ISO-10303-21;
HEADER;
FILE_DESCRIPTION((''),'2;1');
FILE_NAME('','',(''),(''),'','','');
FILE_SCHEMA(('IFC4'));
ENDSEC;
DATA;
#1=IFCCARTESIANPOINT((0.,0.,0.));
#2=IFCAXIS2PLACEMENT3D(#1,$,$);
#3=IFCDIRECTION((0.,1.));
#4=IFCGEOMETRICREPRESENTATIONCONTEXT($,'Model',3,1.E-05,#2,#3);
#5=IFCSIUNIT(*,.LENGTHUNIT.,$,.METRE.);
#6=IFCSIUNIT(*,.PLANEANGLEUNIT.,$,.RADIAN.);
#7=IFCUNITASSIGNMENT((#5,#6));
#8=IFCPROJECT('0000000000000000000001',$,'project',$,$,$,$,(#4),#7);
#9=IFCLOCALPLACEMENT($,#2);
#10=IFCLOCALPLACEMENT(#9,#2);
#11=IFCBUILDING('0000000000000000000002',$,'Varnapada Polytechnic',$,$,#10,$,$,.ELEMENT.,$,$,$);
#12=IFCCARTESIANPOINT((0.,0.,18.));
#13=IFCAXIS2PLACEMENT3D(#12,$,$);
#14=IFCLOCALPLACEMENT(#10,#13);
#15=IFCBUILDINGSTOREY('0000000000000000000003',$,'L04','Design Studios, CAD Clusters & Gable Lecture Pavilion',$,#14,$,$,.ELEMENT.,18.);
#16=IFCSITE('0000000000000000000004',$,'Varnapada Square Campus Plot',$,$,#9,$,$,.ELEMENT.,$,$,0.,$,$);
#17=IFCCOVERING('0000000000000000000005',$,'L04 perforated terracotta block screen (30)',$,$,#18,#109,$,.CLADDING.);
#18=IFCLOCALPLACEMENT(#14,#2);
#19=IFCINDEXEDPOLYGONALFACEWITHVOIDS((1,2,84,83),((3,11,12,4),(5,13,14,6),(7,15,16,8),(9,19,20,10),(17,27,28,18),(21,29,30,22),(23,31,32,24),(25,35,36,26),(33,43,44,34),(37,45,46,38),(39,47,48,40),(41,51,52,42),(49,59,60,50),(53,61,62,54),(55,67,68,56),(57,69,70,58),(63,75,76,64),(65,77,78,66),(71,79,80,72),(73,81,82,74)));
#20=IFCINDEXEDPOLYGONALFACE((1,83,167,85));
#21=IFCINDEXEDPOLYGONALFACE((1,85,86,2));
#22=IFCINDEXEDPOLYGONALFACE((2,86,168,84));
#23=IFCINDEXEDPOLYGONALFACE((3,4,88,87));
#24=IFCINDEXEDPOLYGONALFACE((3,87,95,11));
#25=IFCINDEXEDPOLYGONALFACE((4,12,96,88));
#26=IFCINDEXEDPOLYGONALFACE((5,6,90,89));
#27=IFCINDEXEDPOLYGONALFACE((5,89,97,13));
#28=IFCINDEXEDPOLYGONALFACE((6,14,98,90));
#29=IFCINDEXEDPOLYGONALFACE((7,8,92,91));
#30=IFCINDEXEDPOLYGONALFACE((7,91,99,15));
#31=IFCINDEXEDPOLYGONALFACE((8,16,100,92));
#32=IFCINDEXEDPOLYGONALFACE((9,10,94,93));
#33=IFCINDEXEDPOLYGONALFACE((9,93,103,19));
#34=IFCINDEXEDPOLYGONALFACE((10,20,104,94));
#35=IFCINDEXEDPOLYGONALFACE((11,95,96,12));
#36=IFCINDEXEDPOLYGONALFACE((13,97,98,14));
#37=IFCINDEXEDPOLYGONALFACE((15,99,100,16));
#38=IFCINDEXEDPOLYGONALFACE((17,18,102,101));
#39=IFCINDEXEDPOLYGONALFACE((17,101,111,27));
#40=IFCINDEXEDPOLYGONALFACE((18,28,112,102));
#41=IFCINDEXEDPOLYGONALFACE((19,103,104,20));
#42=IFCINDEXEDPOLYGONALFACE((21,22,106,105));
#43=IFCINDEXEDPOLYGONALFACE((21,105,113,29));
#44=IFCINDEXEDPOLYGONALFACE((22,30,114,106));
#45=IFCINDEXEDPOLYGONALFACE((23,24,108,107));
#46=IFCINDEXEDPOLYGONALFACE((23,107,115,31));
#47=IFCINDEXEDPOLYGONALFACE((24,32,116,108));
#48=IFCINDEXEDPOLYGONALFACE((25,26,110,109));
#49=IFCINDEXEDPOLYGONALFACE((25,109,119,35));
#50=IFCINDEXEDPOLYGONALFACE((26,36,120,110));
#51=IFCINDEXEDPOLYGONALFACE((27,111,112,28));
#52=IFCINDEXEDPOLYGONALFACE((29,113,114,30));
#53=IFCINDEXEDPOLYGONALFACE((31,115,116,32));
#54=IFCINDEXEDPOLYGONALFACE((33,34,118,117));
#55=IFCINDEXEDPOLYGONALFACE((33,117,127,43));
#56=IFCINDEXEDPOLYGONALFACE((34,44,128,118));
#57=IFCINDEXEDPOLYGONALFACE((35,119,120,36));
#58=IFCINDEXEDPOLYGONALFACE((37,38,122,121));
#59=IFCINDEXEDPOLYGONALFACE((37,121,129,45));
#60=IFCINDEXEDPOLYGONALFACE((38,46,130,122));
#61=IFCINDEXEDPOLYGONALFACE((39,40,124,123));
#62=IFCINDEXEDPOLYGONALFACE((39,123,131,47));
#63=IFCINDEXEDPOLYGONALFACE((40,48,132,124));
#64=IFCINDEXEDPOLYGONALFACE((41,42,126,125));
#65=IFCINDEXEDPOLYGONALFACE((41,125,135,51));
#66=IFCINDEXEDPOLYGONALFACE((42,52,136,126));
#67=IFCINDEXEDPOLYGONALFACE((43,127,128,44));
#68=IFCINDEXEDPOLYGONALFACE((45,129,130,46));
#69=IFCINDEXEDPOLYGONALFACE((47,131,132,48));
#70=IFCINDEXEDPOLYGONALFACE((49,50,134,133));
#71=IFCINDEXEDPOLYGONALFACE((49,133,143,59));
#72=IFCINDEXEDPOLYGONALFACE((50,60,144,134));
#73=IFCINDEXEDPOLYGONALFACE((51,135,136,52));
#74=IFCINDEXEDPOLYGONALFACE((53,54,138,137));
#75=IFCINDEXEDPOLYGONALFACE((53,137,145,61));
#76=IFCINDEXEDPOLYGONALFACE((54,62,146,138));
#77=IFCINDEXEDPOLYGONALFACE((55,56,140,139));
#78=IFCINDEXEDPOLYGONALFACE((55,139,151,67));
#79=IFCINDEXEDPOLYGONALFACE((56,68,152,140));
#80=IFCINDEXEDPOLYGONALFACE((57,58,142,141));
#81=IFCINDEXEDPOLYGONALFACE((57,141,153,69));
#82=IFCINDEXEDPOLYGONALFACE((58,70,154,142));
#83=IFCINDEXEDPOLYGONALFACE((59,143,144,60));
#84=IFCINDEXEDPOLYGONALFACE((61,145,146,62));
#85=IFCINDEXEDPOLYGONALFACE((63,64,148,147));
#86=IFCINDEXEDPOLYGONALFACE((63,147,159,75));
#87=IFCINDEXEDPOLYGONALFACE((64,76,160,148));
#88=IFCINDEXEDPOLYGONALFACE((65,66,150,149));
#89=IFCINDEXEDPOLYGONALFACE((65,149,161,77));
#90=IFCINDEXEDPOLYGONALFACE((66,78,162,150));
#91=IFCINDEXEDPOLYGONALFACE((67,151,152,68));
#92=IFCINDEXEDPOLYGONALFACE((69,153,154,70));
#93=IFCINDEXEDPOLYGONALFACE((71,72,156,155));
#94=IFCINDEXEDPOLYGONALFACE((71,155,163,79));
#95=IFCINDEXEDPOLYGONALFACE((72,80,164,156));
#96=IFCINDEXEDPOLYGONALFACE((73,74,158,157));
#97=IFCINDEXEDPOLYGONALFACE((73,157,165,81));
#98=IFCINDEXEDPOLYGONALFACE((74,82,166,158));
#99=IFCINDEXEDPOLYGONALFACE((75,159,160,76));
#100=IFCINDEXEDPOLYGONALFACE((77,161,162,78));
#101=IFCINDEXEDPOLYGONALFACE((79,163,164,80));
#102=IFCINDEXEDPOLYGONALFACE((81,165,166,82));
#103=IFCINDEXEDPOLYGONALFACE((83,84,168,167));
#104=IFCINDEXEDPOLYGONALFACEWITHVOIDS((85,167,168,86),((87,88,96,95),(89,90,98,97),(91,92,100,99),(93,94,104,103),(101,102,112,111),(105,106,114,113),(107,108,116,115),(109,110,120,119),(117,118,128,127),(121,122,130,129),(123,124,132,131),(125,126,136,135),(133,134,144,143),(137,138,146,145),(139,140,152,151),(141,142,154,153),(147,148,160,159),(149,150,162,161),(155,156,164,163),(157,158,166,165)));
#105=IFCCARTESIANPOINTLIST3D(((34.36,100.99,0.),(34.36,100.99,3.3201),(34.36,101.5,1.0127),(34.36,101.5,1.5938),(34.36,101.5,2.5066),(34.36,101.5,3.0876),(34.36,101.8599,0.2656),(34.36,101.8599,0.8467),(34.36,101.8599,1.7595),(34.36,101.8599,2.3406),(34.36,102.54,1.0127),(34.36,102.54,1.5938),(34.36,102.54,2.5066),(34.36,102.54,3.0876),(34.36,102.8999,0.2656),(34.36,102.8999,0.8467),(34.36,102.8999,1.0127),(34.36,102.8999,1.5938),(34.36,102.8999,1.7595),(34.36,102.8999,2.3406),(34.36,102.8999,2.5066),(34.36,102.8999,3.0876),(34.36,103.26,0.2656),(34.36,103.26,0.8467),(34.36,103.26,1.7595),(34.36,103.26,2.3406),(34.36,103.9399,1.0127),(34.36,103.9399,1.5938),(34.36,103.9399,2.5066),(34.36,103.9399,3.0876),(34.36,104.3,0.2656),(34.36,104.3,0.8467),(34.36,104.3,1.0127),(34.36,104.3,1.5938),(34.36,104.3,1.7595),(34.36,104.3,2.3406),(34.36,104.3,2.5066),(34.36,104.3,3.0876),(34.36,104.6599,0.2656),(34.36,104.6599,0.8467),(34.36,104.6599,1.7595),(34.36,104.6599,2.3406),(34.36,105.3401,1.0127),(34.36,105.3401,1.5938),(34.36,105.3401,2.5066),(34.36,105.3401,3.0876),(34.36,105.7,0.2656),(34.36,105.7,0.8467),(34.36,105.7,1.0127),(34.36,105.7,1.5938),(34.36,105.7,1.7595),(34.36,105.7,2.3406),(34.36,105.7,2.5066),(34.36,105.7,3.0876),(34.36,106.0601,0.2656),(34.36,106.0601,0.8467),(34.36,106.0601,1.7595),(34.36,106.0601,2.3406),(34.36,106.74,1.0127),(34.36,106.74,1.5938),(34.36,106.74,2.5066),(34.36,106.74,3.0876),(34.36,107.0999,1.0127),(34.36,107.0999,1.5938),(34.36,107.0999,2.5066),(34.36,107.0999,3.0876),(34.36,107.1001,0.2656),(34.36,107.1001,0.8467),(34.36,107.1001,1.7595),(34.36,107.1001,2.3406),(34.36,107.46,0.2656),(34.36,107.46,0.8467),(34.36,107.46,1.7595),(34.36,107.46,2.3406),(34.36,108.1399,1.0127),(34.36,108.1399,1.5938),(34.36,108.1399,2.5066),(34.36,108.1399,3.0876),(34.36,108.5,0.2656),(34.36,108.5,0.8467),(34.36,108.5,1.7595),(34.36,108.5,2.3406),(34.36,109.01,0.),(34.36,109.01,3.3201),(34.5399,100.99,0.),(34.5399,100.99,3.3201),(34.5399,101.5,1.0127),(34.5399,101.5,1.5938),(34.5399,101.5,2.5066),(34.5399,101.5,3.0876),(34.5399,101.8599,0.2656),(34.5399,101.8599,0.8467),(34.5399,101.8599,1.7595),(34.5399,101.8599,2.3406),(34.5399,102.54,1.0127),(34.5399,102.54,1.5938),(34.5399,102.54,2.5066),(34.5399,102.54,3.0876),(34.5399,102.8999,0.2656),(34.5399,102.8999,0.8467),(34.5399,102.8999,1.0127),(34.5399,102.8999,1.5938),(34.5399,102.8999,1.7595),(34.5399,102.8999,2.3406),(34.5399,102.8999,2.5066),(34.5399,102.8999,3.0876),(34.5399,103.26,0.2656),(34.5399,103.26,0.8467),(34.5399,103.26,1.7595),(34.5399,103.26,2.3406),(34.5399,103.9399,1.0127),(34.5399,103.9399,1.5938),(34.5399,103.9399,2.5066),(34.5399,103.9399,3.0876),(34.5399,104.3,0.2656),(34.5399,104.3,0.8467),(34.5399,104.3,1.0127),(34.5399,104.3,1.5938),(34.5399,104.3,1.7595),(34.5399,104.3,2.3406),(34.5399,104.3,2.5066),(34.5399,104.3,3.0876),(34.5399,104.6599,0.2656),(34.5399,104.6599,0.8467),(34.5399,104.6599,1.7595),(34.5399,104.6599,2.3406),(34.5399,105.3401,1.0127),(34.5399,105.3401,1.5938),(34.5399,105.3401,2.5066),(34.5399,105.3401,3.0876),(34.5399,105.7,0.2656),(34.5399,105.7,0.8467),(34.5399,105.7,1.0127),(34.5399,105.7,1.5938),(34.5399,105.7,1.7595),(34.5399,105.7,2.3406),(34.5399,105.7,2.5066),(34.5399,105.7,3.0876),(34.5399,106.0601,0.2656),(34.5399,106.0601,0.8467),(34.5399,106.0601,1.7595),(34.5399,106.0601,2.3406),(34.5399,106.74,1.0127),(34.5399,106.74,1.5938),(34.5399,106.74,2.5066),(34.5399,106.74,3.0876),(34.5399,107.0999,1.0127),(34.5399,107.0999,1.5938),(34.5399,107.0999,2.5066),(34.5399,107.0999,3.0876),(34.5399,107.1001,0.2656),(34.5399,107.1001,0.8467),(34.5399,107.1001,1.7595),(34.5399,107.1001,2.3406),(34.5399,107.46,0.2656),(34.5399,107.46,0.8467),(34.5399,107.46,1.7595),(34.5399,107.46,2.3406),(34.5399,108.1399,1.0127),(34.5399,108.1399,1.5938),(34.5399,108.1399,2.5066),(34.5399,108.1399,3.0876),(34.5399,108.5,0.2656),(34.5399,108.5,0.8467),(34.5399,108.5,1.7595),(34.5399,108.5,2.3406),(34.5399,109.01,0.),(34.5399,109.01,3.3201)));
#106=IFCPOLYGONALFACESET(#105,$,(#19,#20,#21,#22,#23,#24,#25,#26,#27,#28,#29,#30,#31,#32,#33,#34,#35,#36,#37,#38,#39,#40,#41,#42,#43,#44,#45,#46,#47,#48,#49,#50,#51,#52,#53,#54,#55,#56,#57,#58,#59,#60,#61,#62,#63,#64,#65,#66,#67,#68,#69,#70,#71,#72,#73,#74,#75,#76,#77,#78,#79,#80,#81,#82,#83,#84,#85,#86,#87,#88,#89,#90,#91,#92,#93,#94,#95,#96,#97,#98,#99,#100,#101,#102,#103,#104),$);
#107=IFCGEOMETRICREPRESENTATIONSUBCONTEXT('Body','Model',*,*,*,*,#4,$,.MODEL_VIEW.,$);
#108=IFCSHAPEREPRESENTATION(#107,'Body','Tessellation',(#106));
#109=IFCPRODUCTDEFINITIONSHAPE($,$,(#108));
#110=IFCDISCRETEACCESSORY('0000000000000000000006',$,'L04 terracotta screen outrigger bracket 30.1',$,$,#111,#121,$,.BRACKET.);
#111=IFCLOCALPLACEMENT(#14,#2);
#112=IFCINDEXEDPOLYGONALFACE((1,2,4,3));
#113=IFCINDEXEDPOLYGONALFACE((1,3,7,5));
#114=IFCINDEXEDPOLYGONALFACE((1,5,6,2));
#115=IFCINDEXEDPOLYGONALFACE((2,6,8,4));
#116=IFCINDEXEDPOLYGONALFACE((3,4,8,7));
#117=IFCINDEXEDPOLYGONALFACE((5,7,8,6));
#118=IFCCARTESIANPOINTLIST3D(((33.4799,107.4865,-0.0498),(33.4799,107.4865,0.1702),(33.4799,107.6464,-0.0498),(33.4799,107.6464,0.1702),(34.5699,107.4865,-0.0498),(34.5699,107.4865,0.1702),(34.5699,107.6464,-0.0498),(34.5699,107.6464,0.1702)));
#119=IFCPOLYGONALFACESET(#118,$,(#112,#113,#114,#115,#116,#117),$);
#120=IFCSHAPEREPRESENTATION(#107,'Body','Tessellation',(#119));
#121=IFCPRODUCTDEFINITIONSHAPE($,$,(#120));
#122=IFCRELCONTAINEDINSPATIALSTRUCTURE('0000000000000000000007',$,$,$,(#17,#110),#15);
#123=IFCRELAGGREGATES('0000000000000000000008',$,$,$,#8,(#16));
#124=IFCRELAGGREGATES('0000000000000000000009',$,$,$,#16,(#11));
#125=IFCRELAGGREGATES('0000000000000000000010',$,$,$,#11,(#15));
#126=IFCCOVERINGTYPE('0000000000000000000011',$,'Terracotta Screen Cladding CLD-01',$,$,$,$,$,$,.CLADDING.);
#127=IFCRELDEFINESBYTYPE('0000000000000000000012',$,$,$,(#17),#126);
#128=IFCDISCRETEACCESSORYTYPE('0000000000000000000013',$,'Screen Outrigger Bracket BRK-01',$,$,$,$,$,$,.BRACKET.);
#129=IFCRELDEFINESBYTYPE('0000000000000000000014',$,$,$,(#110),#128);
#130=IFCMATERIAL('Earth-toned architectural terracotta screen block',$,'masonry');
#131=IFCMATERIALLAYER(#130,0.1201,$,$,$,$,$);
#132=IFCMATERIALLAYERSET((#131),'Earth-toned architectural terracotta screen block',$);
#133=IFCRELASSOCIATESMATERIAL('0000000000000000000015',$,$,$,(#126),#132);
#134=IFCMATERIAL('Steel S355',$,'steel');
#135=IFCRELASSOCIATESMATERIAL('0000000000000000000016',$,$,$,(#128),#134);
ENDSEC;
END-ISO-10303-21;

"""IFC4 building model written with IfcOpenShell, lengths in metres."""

from ifc_helpers import new_model, si_unit, direction, frame, frame_2d, origin, origin_2d, place, context, subcontext, project, spatial, rectangle, extrude, material, layer, layer_set, type_object, element, save


model = new_model("IFC4")

# Units and contexts
model_context = context("Model", 3, precision=1e-05, world=origin(), true_north=direction((0.0, 1.0)))
body_context = subcontext(model_context, "Body", "Model", "MODEL_VIEW")
ifc_project = project(units=[si_unit("LENGTHUNIT", "METRE"), si_unit("PLANEANGLEUNIT", "RADIAN")], contexts=[model_context])

# Site, building, storey
site_placement = place(None, origin())
site = spatial("IfcSite", under=ifc_project, at=site_placement, Name="Varnapada Square Campus Plot", CompositionType="ELEMENT", RefElevation=0.0)
building_placement = place(site_placement, origin())
building = spatial("IfcBuilding", under=site, at=building_placement, Name="Varnapada Polytechnic", CompositionType="ELEMENT")
storey_placement = place(building_placement, frame((0.0, 0.0, 18.0)))
storey = spatial("IfcBuildingStorey", under=building, at=storey_placement, Name="L04", Description="Design Studios, CAD Clusters & Gable Lecture Pavilion", CompositionType="ELEMENT", Elevation=18.0)

# Shared definitions
ifc_material_1 = material(Name="Steel S355", Category="steel")

# Covering, openings
ifc_material_2 = material(Name="Earth-toned architectural terracotta screen block", Category="masonry")
ifc_layer_1 = layer(ifc_material_2, 0.1201)
ifc_layer_set_1 = layer_set([ifc_layer_1], Name="Earth-toned architectural terracotta screen block")
covering_type = type_object("IfcCoveringType", Name="Terracotta Screen Cladding CLD-01", PredefinedType="CLADDING", material=ifc_layer_set_1)
covering_placement = place(storey_placement, frame((34.45, 109.01, 0.0), z_axis=(0.0, 0.0, 1.0), x_axis=(0.0, -1.0, 0.0)))
covering = element("IfcCovering", 1, at=covering_placement, inside=storey, type_object=covering_type, Name="L04 perforated terracotta block screen (30)", PredefinedType="CLADDING", context=body_context, shape_type="SweptSolid", body=[
    extrude(rectangle(XDim=8.02, YDim=0.1799, at=frame_2d((4.01, 0.0))), origin(), (0.0, 0.0, 1.0), 3.3201),
])
opening_1_placement = place(covering_placement, frame((0.51, 0.0, 0.2656)))
element("IfcOpeningElement", 2, at=opening_1_placement, cuts=covering, PredefinedType="OPENING", context=body_context, shape_type="SweptSolid", body=[
    extrude(rectangle(XDim=1.04, YDim=0.5811, at=frame_2d((0.52, 0.2905))), frame((0.0, 0.0999, 0.0), z_axis=(0.0, -1.0, 0.0), x_axis=(1.0, 0.0, 0.0)), (0.0, 0.0, 1.0), 0.2),
])
opening_2_placement = place(covering_placement, frame((1.9099, 0.0, 0.2656)))
element("IfcOpeningElement", 3, at=opening_2_placement, cuts=covering, PredefinedType="OPENING", context=body_context, shape_type="SweptSolid", body=[
    extrude(rectangle(XDim=1.04, YDim=0.5811, at=frame_2d((0.52, 0.2905))), frame((0.0, 0.0999, 0.0), z_axis=(0.0, -1.0, 0.0), x_axis=(1.0, 0.0, 0.0)), (0.0, 0.0, 1.0), 0.2),
])
opening_3_placement = place(covering_placement, frame((3.3101, 0.0, 0.2656)))
element("IfcOpeningElement", 4, at=opening_3_placement, cuts=covering, PredefinedType="OPENING", context=body_context, shape_type="SweptSolid", body=[
    extrude(rectangle(XDim=1.04, YDim=0.5811, at=frame_2d((0.52, 0.2905))), frame((0.0, 0.0999, 0.0), z_axis=(0.0, -1.0, 0.0), x_axis=(1.0, 0.0, 0.0)), (0.0, 0.0, 1.0), 0.2),
])
opening_4_placement = place(covering_placement, frame((4.71, 0.0, 0.2656)))
element("IfcOpeningElement", 5, at=opening_4_placement, cuts=covering, PredefinedType="OPENING", context=body_context, shape_type="SweptSolid", body=[
    extrude(rectangle(XDim=1.04, YDim=0.5811, at=frame_2d((0.52, 0.2905))), frame((0.0, 0.0999, 0.0), z_axis=(0.0, -1.0, 0.0), x_axis=(1.0, 0.0, 0.0)), (0.0, 0.0, 1.0), 0.2),
])
opening_5_placement = place(covering_placement, frame((6.1101, 0.0, 0.2656)))
element("IfcOpeningElement", 6, at=opening_5_placement, cuts=covering, PredefinedType="OPENING", context=body_context, shape_type="SweptSolid", body=[
    extrude(rectangle(XDim=1.04, YDim=0.5811, at=frame_2d((0.52, 0.2905))), frame((0.0, 0.0999, 0.0), z_axis=(0.0, -1.0, 0.0), x_axis=(1.0, 0.0, 0.0)), (0.0, 0.0, 1.0), 0.2),
])
opening_6_placement = place(covering_placement, frame((0.8701, 0.0, 1.0127)))
element("IfcOpeningElement", 7, at=opening_6_placement, cuts=covering, PredefinedType="OPENING", context=body_context, shape_type="SweptSolid", body=[
    extrude(rectangle(XDim=1.04, YDim=0.5811, at=frame_2d((0.52, 0.2905))), frame((0.0, 0.0999, 0.0), z_axis=(0.0, -1.0, 0.0), x_axis=(1.0, 0.0, 0.0)), (0.0, 0.0, 1.0), 0.2),
])
opening_7_placement = place(covering_placement, frame((2.27, 0.0, 1.0127)))
element("IfcOpeningElement", 8, at=opening_7_placement, cuts=covering, PredefinedType="OPENING", context=body_context, shape_type="SweptSolid", body=[
    extrude(rectangle(XDim=1.04, YDim=0.5811, at=frame_2d((0.52, 0.2905))), frame((0.0, 0.0999, 0.0), z_axis=(0.0, -1.0, 0.0), x_axis=(1.0, 0.0, 0.0)), (0.0, 0.0, 1.0), 0.2),
])
opening_8_placement = place(covering_placement, frame((3.6699, 0.0, 1.0127)))
element("IfcOpeningElement", 9, at=opening_8_placement, cuts=covering, PredefinedType="OPENING", context=body_context, shape_type="SweptSolid", body=[
    extrude(rectangle(XDim=1.04, YDim=0.5811, at=frame_2d((0.52, 0.2905))), frame((0.0, 0.0999, 0.0), z_axis=(0.0, -1.0, 0.0), x_axis=(1.0, 0.0, 0.0)), (0.0, 0.0, 1.0), 0.2),
])
opening_9_placement = place(covering_placement, frame((5.0701, 0.0, 1.0127)))
element("IfcOpeningElement", 10, at=opening_9_placement, cuts=covering, PredefinedType="OPENING", context=body_context, shape_type="SweptSolid", body=[
    extrude(rectangle(XDim=1.04, YDim=0.5811, at=frame_2d((0.52, 0.2905))), frame((0.0, 0.0999, 0.0), z_axis=(0.0, -1.0, 0.0), x_axis=(1.0, 0.0, 0.0)), (0.0, 0.0, 1.0), 0.2),
])
opening_10_placement = place(covering_placement, frame((6.47, 0.0, 1.0127)))
element("IfcOpeningElement", 11, at=opening_10_placement, cuts=covering, PredefinedType="OPENING", context=body_context, shape_type="SweptSolid", body=[
    extrude(rectangle(XDim=1.04, YDim=0.5811, at=frame_2d((0.52, 0.2905))), frame((0.0, 0.0999, 0.0), z_axis=(0.0, -1.0, 0.0), x_axis=(1.0, 0.0, 0.0)), (0.0, 0.0, 1.0), 0.2),
])
opening_11_placement = place(covering_placement, frame((0.51, 0.0, 1.7595)))
element("IfcOpeningElement", 12, at=opening_11_placement, cuts=covering, PredefinedType="OPENING", context=body_context, shape_type="SweptSolid", body=[
    extrude(rectangle(XDim=1.04, YDim=0.5811, at=frame_2d((0.52, 0.2905))), frame((0.0, 0.0999, 0.0), z_axis=(0.0, -1.0, 0.0), x_axis=(1.0, 0.0, 0.0)), (0.0, 0.0, 1.0), 0.2),
])
opening_12_placement = place(covering_placement, frame((1.9099, 0.0, 1.7595)))
element("IfcOpeningElement", 13, at=opening_12_placement, cuts=covering, PredefinedType="OPENING", context=body_context, shape_type="SweptSolid", body=[
    extrude(rectangle(XDim=1.04, YDim=0.5811, at=frame_2d((0.52, 0.2905))), frame((0.0, 0.0999, 0.0), z_axis=(0.0, -1.0, 0.0), x_axis=(1.0, 0.0, 0.0)), (0.0, 0.0, 1.0), 0.2),
])
opening_13_placement = place(covering_placement, frame((3.3101, 0.0, 1.7595)))
element("IfcOpeningElement", 14, at=opening_13_placement, cuts=covering, PredefinedType="OPENING", context=body_context, shape_type="SweptSolid", body=[
    extrude(rectangle(XDim=1.04, YDim=0.5811, at=frame_2d((0.52, 0.2905))), frame((0.0, 0.0999, 0.0), z_axis=(0.0, -1.0, 0.0), x_axis=(1.0, 0.0, 0.0)), (0.0, 0.0, 1.0), 0.2),
])
opening_14_placement = place(covering_placement, frame((4.71, 0.0, 1.7595)))
element("IfcOpeningElement", 15, at=opening_14_placement, cuts=covering, PredefinedType="OPENING", context=body_context, shape_type="SweptSolid", body=[
    extrude(rectangle(XDim=1.04, YDim=0.5811, at=frame_2d((0.52, 0.2905))), frame((0.0, 0.0999, 0.0), z_axis=(0.0, -1.0, 0.0), x_axis=(1.0, 0.0, 0.0)), (0.0, 0.0, 1.0), 0.2),
])
opening_15_placement = place(covering_placement, frame((6.1101, 0.0, 1.7595)))
element("IfcOpeningElement", 16, at=opening_15_placement, cuts=covering, PredefinedType="OPENING", context=body_context, shape_type="SweptSolid", body=[
    extrude(rectangle(XDim=1.04, YDim=0.5811, at=frame_2d((0.52, 0.2905))), frame((0.0, 0.0999, 0.0), z_axis=(0.0, -1.0, 0.0), x_axis=(1.0, 0.0, 0.0)), (0.0, 0.0, 1.0), 0.2),
])
opening_16_placement = place(covering_placement, frame((0.8701, 0.0, 2.5066)))
element("IfcOpeningElement", 17, at=opening_16_placement, cuts=covering, PredefinedType="OPENING", context=body_context, shape_type="SweptSolid", body=[
    extrude(rectangle(XDim=1.04, YDim=0.5811, at=frame_2d((0.52, 0.2905))), frame((0.0, 0.0999, 0.0), z_axis=(0.0, -1.0, 0.0), x_axis=(1.0, 0.0, 0.0)), (0.0, 0.0, 1.0), 0.2),
])
opening_17_placement = place(covering_placement, frame((2.27, 0.0, 2.5066)))
element("IfcOpeningElement", 18, at=opening_17_placement, cuts=covering, PredefinedType="OPENING", context=body_context, shape_type="SweptSolid", body=[
    extrude(rectangle(XDim=1.04, YDim=0.5811, at=frame_2d((0.52, 0.2905))), frame((0.0, 0.0999, 0.0), z_axis=(0.0, -1.0, 0.0), x_axis=(1.0, 0.0, 0.0)), (0.0, 0.0, 1.0), 0.2),
])
opening_18_placement = place(covering_placement, frame((3.6699, 0.0, 2.5066)))
element("IfcOpeningElement", 19, at=opening_18_placement, cuts=covering, PredefinedType="OPENING", context=body_context, shape_type="SweptSolid", body=[
    extrude(rectangle(XDim=1.04, YDim=0.5811, at=frame_2d((0.52, 0.2905))), frame((0.0, 0.0999, 0.0), z_axis=(0.0, -1.0, 0.0), x_axis=(1.0, 0.0, 0.0)), (0.0, 0.0, 1.0), 0.2),
])
opening_19_placement = place(covering_placement, frame((5.0701, 0.0, 2.5066)))
element("IfcOpeningElement", 20, at=opening_19_placement, cuts=covering, PredefinedType="OPENING", context=body_context, shape_type="SweptSolid", body=[
    extrude(rectangle(XDim=1.04, YDim=0.5811, at=frame_2d((0.52, 0.2905))), frame((0.0, 0.0999, 0.0), z_axis=(0.0, -1.0, 0.0), x_axis=(1.0, 0.0, 0.0)), (0.0, 0.0, 1.0), 0.2),
])
opening_20_placement = place(covering_placement, frame((6.47, 0.0, 2.5066)))
element("IfcOpeningElement", 21, at=opening_20_placement, cuts=covering, PredefinedType="OPENING", context=body_context, shape_type="SweptSolid", body=[
    extrude(rectangle(XDim=1.04, YDim=0.5811, at=frame_2d((0.52, 0.2905))), frame((0.0, 0.0999, 0.0), z_axis=(0.0, -1.0, 0.0), x_axis=(1.0, 0.0, 0.0)), (0.0, 0.0, 1.0), 0.2),
])

# Discrete accessory
discrete_accessory_type = type_object("IfcDiscreteAccessoryType", Name="Screen Outrigger Bracket BRK-01", PredefinedType="BRACKET", material=ifc_material_1)
discrete_accessory_placement = place(storey_placement, frame((34.0249, 107.5664, -0.0498), z_axis=(0.0, 0.0, 1.0), x_axis=(0.0, -1.0, 0.0)))
element("IfcDiscreteAccessory", 22, at=discrete_accessory_placement, inside=storey, type_object=discrete_accessory_type, Name="L04 terracotta screen outrigger bracket 30.1", PredefinedType="BRACKET", context=body_context, shape_type="SweptSolid", body=[
    extrude(rectangle(XDim=0.1599, YDim=1.0901, at=origin_2d()), origin(), (0.0, 0.0, 1.0), 0.22),
])

save(model, "model.ifc")
